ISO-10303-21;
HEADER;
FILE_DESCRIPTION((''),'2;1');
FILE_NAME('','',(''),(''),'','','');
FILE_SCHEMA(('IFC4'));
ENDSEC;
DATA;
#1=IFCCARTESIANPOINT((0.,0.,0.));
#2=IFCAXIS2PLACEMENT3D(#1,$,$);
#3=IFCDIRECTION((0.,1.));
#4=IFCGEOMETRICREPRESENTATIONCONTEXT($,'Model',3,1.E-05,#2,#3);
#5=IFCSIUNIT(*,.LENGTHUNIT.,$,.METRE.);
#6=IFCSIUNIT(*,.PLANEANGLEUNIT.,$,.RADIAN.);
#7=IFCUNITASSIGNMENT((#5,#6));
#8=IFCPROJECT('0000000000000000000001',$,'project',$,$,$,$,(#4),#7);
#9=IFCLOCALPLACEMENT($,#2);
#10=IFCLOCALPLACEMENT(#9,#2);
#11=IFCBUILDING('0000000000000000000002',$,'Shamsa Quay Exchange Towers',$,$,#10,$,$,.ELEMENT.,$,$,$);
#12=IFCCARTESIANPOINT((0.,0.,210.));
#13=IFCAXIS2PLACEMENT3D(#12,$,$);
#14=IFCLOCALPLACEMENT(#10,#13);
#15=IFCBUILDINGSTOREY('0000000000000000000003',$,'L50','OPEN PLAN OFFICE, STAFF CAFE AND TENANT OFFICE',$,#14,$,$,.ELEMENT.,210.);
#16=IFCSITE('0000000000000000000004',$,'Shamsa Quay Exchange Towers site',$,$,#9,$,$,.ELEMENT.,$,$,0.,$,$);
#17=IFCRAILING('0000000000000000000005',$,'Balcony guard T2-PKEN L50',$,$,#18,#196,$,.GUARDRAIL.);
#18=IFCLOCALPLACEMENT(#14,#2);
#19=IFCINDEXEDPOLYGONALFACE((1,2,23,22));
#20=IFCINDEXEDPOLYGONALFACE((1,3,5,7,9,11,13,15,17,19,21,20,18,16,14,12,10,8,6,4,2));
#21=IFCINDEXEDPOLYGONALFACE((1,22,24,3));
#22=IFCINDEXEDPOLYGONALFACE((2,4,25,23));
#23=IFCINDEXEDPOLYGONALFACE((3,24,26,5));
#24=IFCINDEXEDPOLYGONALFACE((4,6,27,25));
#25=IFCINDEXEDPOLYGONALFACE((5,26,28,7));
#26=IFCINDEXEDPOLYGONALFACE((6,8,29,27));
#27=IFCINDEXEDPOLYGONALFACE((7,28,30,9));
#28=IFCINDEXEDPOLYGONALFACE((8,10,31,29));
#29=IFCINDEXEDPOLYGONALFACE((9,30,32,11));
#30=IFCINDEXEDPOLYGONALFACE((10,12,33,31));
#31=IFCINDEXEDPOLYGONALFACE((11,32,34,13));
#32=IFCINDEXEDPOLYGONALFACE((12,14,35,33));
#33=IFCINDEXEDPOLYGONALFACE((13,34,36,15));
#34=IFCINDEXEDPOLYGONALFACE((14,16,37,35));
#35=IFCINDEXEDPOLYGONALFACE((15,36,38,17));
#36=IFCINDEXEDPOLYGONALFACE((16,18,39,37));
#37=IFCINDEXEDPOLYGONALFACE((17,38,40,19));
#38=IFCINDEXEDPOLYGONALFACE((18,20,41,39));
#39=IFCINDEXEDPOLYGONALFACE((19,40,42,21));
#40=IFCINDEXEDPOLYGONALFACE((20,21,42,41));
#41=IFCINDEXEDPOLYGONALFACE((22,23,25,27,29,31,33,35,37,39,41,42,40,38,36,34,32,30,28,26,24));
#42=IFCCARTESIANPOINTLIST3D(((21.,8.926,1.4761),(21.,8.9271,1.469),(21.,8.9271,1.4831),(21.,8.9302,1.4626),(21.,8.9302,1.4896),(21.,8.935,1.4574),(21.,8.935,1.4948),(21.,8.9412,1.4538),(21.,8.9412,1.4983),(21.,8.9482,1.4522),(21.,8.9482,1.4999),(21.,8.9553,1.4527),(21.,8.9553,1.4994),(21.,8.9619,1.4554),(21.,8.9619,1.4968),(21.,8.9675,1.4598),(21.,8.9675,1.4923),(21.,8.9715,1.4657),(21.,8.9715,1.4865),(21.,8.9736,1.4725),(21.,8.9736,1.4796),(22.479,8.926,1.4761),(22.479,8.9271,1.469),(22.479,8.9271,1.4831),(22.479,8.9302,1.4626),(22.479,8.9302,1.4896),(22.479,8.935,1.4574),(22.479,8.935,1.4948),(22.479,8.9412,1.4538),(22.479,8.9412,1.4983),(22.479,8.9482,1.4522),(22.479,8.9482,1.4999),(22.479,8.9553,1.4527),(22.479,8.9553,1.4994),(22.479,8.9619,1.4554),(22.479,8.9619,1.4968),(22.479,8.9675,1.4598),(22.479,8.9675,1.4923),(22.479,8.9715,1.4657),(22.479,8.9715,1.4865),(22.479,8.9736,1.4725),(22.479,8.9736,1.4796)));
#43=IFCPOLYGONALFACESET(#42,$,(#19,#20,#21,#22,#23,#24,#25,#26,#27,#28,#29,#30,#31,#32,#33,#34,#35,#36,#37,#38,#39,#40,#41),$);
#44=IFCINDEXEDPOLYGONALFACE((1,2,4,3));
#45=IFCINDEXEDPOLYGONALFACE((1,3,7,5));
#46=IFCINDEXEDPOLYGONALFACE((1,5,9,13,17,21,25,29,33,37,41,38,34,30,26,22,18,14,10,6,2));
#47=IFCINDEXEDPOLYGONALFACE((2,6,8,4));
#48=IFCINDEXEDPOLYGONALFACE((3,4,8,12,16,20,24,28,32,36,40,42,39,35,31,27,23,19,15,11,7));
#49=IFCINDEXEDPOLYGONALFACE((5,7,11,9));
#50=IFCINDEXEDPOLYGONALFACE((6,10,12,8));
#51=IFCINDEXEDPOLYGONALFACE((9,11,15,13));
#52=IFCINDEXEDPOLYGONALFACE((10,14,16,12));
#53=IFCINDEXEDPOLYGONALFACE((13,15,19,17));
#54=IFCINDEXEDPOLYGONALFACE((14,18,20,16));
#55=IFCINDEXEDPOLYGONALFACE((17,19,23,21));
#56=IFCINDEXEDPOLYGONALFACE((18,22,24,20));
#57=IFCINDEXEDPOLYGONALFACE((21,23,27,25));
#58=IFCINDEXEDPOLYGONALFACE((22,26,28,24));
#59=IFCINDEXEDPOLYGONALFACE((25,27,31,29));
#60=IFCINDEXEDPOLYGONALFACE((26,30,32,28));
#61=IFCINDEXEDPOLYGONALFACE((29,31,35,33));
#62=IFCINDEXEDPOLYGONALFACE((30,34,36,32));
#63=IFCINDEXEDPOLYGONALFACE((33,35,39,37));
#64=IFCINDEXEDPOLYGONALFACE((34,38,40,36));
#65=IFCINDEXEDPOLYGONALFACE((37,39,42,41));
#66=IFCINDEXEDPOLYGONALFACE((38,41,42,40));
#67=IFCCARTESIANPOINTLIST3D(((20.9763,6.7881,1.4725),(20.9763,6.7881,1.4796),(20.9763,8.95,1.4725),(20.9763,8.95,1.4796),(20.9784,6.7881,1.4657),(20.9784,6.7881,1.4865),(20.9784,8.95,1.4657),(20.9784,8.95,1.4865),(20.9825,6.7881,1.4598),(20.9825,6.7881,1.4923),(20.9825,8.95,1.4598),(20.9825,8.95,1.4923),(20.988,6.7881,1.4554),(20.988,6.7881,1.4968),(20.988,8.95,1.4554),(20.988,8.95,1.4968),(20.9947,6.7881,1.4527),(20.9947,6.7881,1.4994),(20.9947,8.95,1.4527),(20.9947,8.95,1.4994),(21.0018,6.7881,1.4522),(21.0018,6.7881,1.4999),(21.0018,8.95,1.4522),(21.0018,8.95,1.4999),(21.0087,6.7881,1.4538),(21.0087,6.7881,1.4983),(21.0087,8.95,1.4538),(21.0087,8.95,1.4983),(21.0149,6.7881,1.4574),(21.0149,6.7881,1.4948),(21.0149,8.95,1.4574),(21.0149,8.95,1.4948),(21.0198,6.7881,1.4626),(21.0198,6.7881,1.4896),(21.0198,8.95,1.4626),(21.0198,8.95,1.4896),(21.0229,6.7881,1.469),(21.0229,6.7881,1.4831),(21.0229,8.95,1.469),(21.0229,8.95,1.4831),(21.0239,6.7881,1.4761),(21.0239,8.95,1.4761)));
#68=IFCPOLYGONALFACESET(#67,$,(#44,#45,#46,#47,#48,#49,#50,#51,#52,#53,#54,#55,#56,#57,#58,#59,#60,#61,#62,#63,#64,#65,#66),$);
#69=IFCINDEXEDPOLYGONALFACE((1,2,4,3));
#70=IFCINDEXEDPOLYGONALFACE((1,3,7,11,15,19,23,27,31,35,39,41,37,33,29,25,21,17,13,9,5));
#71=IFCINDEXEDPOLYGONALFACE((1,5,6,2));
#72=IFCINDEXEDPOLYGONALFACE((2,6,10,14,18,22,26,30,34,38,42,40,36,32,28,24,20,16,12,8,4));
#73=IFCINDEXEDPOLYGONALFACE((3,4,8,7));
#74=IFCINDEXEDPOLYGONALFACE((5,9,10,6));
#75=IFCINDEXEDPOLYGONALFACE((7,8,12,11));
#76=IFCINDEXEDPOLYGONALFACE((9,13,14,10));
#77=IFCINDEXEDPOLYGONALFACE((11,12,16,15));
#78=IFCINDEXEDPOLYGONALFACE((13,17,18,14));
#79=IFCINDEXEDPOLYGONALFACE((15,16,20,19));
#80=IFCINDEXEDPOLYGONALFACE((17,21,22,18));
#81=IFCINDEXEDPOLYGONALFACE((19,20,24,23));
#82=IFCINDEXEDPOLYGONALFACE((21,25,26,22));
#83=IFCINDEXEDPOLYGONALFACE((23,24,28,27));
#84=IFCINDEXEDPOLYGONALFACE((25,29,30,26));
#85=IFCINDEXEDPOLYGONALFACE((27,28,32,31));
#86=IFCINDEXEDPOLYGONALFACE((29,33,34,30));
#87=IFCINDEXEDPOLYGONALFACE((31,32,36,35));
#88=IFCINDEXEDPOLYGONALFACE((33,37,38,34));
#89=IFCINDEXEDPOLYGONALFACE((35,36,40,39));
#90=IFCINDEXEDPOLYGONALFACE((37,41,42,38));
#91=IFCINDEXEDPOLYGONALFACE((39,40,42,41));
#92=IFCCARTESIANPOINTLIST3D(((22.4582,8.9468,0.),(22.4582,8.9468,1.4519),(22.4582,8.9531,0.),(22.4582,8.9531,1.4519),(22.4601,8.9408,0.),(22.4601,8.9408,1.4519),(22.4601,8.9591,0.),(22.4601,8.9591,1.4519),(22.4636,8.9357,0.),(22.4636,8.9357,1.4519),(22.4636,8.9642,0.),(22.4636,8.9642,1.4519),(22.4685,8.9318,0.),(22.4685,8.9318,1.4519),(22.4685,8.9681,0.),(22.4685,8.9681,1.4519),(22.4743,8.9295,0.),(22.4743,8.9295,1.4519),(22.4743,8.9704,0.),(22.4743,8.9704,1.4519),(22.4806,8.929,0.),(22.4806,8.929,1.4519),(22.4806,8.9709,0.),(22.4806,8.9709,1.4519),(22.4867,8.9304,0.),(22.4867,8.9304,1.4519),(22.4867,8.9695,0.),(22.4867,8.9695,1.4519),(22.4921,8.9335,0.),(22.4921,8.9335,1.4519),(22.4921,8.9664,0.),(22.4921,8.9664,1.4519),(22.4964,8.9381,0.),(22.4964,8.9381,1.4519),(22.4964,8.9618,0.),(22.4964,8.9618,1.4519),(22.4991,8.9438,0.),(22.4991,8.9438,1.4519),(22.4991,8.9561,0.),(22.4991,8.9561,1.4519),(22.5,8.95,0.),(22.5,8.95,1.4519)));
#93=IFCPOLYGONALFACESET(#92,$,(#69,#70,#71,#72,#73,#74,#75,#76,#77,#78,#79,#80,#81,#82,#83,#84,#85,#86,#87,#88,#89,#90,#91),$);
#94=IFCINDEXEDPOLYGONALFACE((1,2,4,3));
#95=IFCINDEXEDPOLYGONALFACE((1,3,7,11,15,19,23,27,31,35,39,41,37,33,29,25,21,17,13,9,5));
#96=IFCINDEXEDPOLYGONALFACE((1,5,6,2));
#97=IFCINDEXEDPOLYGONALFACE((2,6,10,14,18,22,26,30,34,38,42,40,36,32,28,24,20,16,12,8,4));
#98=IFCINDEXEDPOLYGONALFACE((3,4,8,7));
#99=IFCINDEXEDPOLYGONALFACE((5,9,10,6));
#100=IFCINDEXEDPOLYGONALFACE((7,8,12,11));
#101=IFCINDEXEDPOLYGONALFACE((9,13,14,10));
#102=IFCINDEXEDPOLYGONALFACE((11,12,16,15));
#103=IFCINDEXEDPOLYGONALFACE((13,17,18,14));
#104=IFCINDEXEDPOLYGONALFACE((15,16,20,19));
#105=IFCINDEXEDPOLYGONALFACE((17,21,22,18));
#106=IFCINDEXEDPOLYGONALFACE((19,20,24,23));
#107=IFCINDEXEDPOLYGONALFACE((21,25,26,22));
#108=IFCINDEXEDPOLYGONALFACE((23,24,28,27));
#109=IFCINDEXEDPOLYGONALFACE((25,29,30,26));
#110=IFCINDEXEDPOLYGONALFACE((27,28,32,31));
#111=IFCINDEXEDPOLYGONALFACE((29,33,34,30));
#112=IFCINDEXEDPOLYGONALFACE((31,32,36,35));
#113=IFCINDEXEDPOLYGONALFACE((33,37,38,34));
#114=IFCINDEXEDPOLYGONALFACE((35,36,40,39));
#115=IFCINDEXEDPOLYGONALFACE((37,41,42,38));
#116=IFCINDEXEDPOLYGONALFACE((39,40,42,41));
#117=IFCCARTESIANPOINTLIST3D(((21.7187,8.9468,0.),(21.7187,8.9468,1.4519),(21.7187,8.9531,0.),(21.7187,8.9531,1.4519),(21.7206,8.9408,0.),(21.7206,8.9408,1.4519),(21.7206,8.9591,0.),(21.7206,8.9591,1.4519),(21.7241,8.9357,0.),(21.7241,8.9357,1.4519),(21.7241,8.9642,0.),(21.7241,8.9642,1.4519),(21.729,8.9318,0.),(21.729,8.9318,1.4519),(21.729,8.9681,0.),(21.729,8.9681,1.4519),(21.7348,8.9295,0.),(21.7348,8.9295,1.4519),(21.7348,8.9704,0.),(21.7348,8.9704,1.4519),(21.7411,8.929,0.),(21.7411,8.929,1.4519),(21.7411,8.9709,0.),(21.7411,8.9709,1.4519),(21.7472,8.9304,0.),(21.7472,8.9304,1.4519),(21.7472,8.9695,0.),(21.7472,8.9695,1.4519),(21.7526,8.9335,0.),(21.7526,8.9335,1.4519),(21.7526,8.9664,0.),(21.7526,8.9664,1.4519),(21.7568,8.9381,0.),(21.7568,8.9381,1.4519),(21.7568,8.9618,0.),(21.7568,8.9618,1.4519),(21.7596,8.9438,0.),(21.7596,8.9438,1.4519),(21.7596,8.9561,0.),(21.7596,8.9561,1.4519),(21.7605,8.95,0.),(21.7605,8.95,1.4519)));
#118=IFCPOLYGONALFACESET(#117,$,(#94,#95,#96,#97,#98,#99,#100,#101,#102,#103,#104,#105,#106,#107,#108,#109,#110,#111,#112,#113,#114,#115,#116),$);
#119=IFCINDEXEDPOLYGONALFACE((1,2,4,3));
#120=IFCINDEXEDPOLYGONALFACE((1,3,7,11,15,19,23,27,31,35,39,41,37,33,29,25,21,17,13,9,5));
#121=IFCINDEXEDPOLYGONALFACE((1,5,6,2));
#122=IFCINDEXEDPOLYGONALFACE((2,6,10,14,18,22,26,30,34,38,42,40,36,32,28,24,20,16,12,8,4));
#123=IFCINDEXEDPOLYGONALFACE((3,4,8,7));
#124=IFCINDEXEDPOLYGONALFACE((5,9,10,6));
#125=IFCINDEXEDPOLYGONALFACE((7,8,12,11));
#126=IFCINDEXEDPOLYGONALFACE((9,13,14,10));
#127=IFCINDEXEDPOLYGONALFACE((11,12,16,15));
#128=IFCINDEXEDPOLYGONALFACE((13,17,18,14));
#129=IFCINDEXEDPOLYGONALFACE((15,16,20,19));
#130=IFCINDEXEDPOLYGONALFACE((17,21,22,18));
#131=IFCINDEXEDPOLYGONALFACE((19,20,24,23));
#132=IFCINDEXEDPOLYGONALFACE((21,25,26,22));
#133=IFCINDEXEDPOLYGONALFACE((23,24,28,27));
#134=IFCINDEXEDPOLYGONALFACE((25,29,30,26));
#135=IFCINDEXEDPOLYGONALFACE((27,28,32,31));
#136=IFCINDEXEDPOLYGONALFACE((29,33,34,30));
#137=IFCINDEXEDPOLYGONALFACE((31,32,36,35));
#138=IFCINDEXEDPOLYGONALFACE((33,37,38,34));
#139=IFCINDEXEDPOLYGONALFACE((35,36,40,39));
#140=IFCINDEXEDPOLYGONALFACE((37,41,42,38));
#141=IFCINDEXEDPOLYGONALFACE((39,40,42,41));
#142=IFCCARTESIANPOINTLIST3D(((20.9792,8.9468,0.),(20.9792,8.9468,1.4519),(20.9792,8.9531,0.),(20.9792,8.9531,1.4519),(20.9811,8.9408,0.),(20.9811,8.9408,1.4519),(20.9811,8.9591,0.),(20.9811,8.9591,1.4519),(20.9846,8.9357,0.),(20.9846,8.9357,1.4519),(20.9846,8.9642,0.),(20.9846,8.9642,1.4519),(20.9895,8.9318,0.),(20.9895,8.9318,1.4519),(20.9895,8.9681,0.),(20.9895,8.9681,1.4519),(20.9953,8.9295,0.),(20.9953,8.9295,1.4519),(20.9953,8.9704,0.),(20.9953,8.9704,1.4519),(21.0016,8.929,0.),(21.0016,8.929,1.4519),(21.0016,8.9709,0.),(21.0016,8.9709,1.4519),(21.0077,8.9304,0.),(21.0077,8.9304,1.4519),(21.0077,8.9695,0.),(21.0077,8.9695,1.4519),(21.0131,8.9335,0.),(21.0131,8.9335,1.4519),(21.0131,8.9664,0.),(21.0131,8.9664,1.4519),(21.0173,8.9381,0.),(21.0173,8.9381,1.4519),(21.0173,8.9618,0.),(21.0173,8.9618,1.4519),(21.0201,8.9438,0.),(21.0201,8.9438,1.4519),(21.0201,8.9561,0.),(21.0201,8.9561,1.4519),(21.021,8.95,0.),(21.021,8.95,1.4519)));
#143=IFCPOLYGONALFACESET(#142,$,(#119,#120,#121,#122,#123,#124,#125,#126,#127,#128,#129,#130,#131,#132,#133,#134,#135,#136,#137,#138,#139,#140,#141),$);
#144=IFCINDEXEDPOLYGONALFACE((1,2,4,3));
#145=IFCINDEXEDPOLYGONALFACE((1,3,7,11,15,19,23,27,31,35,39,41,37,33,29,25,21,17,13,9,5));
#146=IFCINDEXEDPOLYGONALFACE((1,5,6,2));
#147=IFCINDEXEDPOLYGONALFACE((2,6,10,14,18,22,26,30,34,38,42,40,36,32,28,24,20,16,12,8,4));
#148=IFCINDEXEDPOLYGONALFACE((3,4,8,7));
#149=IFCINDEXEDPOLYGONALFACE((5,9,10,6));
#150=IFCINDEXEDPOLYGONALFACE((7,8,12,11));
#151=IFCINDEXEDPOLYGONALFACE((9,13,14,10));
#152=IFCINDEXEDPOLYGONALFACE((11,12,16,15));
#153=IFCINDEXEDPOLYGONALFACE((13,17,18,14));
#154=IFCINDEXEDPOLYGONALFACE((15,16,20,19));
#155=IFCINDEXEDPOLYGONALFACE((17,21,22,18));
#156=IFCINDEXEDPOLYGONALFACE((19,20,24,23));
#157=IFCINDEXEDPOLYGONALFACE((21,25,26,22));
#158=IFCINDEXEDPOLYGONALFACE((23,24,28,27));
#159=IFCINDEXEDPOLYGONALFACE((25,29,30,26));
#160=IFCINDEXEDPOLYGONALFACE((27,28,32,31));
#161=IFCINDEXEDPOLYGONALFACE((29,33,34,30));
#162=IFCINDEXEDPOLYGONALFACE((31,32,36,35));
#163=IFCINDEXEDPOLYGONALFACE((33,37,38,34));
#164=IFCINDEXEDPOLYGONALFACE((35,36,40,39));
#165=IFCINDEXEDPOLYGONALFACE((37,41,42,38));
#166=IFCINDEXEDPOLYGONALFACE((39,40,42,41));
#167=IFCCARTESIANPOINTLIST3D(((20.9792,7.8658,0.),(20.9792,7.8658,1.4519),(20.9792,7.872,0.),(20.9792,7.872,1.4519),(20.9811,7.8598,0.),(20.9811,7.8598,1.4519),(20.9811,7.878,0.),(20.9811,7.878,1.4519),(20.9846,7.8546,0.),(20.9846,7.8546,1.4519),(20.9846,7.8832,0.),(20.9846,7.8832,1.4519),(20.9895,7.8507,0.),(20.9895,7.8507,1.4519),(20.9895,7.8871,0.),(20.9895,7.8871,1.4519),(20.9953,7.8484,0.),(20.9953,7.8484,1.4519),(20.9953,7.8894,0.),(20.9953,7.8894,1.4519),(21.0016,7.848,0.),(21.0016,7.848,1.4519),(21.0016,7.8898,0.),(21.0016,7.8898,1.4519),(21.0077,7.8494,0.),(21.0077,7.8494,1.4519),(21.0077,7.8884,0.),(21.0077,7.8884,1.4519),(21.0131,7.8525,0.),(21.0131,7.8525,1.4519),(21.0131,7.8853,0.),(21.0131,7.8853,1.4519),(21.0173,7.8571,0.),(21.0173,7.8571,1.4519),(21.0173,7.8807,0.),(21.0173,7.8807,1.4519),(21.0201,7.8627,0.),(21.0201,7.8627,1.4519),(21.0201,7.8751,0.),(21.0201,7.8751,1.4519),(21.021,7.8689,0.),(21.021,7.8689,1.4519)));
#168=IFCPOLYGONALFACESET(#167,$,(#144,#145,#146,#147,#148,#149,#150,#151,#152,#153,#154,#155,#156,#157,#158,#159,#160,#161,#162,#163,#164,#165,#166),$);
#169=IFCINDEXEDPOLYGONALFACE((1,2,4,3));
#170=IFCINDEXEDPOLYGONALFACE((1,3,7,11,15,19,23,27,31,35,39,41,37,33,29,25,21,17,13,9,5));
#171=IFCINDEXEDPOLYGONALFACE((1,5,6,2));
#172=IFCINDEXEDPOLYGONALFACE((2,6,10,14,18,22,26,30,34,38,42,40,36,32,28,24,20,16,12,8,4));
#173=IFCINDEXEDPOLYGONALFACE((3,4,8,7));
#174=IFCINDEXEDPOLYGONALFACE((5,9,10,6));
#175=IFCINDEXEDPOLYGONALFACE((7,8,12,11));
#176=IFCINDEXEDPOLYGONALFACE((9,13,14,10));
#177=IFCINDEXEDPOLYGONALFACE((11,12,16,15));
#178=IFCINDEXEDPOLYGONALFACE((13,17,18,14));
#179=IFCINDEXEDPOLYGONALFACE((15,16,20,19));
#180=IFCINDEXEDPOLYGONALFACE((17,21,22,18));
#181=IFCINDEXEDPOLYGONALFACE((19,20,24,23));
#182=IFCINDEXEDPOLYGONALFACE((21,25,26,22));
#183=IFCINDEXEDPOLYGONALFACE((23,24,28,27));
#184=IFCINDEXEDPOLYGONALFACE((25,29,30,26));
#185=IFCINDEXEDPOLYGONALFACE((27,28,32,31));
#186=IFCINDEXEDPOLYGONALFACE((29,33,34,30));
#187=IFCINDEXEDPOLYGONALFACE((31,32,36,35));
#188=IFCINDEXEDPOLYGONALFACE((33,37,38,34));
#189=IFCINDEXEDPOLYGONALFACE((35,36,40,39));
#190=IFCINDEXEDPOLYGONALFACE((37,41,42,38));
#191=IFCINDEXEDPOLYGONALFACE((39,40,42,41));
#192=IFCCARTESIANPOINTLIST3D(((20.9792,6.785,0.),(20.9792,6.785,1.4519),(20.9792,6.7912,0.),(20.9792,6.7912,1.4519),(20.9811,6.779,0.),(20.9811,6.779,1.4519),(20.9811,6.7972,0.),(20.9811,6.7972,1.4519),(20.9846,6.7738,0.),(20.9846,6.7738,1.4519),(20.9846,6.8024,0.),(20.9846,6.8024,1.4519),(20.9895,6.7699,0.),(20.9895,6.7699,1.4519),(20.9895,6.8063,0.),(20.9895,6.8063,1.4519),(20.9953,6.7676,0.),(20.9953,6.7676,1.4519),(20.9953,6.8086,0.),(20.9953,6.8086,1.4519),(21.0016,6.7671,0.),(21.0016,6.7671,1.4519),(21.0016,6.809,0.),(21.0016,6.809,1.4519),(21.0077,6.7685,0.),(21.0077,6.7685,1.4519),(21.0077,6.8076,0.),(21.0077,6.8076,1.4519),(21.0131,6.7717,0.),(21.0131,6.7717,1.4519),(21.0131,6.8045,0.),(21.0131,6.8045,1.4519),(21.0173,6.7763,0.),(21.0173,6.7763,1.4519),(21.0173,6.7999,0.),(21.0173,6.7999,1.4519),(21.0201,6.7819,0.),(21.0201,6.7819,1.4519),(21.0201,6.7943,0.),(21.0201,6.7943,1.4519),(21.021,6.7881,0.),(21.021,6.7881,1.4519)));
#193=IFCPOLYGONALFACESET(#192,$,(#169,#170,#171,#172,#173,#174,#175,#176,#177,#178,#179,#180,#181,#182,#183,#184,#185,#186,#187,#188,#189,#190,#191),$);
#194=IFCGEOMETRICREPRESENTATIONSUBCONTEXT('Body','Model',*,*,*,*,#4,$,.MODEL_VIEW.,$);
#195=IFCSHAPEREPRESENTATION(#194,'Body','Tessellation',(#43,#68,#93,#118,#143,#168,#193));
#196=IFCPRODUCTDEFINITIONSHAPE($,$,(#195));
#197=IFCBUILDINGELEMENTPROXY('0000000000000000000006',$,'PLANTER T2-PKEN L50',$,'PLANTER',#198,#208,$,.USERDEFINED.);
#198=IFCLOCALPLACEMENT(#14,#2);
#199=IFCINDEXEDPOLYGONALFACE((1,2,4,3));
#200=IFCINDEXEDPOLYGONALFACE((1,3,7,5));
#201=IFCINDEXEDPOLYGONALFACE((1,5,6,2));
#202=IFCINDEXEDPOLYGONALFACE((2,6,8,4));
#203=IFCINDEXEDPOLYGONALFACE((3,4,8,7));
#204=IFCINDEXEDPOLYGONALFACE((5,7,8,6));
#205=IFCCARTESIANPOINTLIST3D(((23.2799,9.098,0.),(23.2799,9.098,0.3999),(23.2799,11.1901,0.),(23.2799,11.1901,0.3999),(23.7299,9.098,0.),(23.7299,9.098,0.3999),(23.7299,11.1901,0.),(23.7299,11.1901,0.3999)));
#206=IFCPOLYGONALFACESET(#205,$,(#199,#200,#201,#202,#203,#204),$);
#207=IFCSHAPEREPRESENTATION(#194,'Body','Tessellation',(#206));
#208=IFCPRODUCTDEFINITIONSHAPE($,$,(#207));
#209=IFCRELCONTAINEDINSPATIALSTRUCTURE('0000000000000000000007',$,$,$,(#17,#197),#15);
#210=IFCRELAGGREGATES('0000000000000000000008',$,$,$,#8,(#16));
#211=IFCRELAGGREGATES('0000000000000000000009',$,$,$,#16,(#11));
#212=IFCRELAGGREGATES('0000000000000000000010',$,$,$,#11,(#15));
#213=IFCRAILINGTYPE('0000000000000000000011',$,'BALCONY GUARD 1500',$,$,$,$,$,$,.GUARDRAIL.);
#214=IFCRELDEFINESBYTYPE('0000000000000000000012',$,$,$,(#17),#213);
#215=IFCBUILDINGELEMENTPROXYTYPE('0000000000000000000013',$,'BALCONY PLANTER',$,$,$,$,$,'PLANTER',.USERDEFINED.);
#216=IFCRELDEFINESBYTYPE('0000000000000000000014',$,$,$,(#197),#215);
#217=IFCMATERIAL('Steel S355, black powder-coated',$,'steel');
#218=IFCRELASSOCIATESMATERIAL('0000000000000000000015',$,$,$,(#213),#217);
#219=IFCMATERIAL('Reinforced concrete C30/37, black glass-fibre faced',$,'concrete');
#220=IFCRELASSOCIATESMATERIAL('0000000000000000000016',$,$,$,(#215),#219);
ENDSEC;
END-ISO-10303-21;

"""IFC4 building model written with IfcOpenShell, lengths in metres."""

from ifc_helpers import new_model, si_unit, direction, frame, origin, origin_2d, place, context, subcontext, project, spatial, rectangle, circle, extrude, material, type_object, element, save


model = new_model("IFC4")

# Units and contexts
model_context = context("Model", 3, precision=1e-05, world=origin(), true_north=direction((0.0, 1.0)))
body_context = subcontext(model_context, "Body", "Model", "MODEL_VIEW")
ifc_project = project(units=[si_unit("LENGTHUNIT", "METRE"), si_unit("PLANEANGLEUNIT", "RADIAN")], contexts=[model_context])

# Site, building, storey
site_placement = place(None, origin())
site = spatial("IfcSite", under=ifc_project, at=site_placement, Name="Shamsa Quay Exchange Towers site", CompositionType="ELEMENT", RefElevation=0.0)
building_placement = place(site_placement, origin())
building = spatial("IfcBuilding", under=site, at=building_placement, Name="Shamsa Quay Exchange Towers", CompositionType="ELEMENT")
storey_placement = place(building_placement, frame((0.0, 0.0, 210.0)))
storey = spatial("IfcBuildingStorey", under=building, at=storey_placement, Name="L50", Description="OPEN PLAN OFFICE, STAFF CAFE AND TENANT OFFICE", CompositionType="ELEMENT", Elevation=210.0)

# Railing
ifc_material_1 = material(Name="Steel S355, black powder-coated", Category="steel")
railing_type = type_object("IfcRailingType", Name="BALCONY GUARD 1500", PredefinedType="GUARDRAIL", material=ifc_material_1)
railing_placement = place(storey_placement, frame((22.479, 8.95, 0.0)))
element("IfcRailing", 1, at=railing_placement, inside=storey, type_object=railing_type, Name="Balcony guard T2-PKEN L50", PredefinedType="GUARDRAIL", context=body_context, shape_type="SweptSolid", body=[
    extrude(circle(Radius=0.0239, at=origin_2d()), frame((0.0, 0.0, 1.4761), z_axis=(-1.0, 0.0, 0.0), x_axis=(0.0, -1.0, 0.0)), (0.0, 0.0, 1.0), 1.479),
    extrude(circle(Radius=0.0239, at=origin_2d()), frame((-1.479, 0.0, 1.4761), z_axis=(0.0, -1.0, 0.0), x_axis=(1.0, 0.0, 0.0)), (0.0, 0.0, 1.0), 2.1619),
    extrude(circle(Radius=0.021, at=origin_2d()), origin(), (0.0, 0.0, 1.0), 1.4519),
    extrude(circle(Radius=0.021, at=origin_2d()), frame((-0.7395, 0.0, 0.0)), (0.0, 0.0, 1.0), 1.4519),
    extrude(circle(Radius=0.021, at=origin_2d()), frame((-1.479, 0.0, 0.0)), (0.0, 0.0, 1.0), 1.4519),
    extrude(circle(Radius=0.021, at=origin_2d()), frame((-1.479, -1.0811, 0.0)), (0.0, 0.0, 1.0), 1.4519),
    extrude(circle(Radius=0.021, at=origin_2d()), frame((-1.479, -2.1619, 0.0)), (0.0, 0.0, 1.0), 1.4519),
])

# Building element proxy
ifc_material_2 = material(Name="Reinforced concrete C30/37, black glass-fibre faced", Category="concrete")
building_element_proxy_type = type_object("IfcBuildingElementProxyType", Name="BALCONY PLANTER", ElementType="PLANTER", PredefinedType="USERDEFINED", material=ifc_material_2)
for number, where, z_axis, x_axis, name in (
    (2, (23.5049, 10.144, 0.0), (0.0, 0.0, 1.0), (0.0, -1.0, 0.0), "PLANTER T2-PKEN L50"),
):
    element("IfcBuildingElementProxy", number, at=place(storey_placement, frame(where, z_axis=z_axis, x_axis=x_axis)), inside=storey, type_object=building_element_proxy_type, Name=name, ObjectType="PLANTER", PredefinedType="USERDEFINED", context=body_context, shape_type="SweptSolid", body=[
        extrude(rectangle(XDim=2.092, YDim=0.45, at=origin_2d()), origin(), (0.0, 0.0, 1.0), 0.3999),
    ])

save(model, "model.ifc")
